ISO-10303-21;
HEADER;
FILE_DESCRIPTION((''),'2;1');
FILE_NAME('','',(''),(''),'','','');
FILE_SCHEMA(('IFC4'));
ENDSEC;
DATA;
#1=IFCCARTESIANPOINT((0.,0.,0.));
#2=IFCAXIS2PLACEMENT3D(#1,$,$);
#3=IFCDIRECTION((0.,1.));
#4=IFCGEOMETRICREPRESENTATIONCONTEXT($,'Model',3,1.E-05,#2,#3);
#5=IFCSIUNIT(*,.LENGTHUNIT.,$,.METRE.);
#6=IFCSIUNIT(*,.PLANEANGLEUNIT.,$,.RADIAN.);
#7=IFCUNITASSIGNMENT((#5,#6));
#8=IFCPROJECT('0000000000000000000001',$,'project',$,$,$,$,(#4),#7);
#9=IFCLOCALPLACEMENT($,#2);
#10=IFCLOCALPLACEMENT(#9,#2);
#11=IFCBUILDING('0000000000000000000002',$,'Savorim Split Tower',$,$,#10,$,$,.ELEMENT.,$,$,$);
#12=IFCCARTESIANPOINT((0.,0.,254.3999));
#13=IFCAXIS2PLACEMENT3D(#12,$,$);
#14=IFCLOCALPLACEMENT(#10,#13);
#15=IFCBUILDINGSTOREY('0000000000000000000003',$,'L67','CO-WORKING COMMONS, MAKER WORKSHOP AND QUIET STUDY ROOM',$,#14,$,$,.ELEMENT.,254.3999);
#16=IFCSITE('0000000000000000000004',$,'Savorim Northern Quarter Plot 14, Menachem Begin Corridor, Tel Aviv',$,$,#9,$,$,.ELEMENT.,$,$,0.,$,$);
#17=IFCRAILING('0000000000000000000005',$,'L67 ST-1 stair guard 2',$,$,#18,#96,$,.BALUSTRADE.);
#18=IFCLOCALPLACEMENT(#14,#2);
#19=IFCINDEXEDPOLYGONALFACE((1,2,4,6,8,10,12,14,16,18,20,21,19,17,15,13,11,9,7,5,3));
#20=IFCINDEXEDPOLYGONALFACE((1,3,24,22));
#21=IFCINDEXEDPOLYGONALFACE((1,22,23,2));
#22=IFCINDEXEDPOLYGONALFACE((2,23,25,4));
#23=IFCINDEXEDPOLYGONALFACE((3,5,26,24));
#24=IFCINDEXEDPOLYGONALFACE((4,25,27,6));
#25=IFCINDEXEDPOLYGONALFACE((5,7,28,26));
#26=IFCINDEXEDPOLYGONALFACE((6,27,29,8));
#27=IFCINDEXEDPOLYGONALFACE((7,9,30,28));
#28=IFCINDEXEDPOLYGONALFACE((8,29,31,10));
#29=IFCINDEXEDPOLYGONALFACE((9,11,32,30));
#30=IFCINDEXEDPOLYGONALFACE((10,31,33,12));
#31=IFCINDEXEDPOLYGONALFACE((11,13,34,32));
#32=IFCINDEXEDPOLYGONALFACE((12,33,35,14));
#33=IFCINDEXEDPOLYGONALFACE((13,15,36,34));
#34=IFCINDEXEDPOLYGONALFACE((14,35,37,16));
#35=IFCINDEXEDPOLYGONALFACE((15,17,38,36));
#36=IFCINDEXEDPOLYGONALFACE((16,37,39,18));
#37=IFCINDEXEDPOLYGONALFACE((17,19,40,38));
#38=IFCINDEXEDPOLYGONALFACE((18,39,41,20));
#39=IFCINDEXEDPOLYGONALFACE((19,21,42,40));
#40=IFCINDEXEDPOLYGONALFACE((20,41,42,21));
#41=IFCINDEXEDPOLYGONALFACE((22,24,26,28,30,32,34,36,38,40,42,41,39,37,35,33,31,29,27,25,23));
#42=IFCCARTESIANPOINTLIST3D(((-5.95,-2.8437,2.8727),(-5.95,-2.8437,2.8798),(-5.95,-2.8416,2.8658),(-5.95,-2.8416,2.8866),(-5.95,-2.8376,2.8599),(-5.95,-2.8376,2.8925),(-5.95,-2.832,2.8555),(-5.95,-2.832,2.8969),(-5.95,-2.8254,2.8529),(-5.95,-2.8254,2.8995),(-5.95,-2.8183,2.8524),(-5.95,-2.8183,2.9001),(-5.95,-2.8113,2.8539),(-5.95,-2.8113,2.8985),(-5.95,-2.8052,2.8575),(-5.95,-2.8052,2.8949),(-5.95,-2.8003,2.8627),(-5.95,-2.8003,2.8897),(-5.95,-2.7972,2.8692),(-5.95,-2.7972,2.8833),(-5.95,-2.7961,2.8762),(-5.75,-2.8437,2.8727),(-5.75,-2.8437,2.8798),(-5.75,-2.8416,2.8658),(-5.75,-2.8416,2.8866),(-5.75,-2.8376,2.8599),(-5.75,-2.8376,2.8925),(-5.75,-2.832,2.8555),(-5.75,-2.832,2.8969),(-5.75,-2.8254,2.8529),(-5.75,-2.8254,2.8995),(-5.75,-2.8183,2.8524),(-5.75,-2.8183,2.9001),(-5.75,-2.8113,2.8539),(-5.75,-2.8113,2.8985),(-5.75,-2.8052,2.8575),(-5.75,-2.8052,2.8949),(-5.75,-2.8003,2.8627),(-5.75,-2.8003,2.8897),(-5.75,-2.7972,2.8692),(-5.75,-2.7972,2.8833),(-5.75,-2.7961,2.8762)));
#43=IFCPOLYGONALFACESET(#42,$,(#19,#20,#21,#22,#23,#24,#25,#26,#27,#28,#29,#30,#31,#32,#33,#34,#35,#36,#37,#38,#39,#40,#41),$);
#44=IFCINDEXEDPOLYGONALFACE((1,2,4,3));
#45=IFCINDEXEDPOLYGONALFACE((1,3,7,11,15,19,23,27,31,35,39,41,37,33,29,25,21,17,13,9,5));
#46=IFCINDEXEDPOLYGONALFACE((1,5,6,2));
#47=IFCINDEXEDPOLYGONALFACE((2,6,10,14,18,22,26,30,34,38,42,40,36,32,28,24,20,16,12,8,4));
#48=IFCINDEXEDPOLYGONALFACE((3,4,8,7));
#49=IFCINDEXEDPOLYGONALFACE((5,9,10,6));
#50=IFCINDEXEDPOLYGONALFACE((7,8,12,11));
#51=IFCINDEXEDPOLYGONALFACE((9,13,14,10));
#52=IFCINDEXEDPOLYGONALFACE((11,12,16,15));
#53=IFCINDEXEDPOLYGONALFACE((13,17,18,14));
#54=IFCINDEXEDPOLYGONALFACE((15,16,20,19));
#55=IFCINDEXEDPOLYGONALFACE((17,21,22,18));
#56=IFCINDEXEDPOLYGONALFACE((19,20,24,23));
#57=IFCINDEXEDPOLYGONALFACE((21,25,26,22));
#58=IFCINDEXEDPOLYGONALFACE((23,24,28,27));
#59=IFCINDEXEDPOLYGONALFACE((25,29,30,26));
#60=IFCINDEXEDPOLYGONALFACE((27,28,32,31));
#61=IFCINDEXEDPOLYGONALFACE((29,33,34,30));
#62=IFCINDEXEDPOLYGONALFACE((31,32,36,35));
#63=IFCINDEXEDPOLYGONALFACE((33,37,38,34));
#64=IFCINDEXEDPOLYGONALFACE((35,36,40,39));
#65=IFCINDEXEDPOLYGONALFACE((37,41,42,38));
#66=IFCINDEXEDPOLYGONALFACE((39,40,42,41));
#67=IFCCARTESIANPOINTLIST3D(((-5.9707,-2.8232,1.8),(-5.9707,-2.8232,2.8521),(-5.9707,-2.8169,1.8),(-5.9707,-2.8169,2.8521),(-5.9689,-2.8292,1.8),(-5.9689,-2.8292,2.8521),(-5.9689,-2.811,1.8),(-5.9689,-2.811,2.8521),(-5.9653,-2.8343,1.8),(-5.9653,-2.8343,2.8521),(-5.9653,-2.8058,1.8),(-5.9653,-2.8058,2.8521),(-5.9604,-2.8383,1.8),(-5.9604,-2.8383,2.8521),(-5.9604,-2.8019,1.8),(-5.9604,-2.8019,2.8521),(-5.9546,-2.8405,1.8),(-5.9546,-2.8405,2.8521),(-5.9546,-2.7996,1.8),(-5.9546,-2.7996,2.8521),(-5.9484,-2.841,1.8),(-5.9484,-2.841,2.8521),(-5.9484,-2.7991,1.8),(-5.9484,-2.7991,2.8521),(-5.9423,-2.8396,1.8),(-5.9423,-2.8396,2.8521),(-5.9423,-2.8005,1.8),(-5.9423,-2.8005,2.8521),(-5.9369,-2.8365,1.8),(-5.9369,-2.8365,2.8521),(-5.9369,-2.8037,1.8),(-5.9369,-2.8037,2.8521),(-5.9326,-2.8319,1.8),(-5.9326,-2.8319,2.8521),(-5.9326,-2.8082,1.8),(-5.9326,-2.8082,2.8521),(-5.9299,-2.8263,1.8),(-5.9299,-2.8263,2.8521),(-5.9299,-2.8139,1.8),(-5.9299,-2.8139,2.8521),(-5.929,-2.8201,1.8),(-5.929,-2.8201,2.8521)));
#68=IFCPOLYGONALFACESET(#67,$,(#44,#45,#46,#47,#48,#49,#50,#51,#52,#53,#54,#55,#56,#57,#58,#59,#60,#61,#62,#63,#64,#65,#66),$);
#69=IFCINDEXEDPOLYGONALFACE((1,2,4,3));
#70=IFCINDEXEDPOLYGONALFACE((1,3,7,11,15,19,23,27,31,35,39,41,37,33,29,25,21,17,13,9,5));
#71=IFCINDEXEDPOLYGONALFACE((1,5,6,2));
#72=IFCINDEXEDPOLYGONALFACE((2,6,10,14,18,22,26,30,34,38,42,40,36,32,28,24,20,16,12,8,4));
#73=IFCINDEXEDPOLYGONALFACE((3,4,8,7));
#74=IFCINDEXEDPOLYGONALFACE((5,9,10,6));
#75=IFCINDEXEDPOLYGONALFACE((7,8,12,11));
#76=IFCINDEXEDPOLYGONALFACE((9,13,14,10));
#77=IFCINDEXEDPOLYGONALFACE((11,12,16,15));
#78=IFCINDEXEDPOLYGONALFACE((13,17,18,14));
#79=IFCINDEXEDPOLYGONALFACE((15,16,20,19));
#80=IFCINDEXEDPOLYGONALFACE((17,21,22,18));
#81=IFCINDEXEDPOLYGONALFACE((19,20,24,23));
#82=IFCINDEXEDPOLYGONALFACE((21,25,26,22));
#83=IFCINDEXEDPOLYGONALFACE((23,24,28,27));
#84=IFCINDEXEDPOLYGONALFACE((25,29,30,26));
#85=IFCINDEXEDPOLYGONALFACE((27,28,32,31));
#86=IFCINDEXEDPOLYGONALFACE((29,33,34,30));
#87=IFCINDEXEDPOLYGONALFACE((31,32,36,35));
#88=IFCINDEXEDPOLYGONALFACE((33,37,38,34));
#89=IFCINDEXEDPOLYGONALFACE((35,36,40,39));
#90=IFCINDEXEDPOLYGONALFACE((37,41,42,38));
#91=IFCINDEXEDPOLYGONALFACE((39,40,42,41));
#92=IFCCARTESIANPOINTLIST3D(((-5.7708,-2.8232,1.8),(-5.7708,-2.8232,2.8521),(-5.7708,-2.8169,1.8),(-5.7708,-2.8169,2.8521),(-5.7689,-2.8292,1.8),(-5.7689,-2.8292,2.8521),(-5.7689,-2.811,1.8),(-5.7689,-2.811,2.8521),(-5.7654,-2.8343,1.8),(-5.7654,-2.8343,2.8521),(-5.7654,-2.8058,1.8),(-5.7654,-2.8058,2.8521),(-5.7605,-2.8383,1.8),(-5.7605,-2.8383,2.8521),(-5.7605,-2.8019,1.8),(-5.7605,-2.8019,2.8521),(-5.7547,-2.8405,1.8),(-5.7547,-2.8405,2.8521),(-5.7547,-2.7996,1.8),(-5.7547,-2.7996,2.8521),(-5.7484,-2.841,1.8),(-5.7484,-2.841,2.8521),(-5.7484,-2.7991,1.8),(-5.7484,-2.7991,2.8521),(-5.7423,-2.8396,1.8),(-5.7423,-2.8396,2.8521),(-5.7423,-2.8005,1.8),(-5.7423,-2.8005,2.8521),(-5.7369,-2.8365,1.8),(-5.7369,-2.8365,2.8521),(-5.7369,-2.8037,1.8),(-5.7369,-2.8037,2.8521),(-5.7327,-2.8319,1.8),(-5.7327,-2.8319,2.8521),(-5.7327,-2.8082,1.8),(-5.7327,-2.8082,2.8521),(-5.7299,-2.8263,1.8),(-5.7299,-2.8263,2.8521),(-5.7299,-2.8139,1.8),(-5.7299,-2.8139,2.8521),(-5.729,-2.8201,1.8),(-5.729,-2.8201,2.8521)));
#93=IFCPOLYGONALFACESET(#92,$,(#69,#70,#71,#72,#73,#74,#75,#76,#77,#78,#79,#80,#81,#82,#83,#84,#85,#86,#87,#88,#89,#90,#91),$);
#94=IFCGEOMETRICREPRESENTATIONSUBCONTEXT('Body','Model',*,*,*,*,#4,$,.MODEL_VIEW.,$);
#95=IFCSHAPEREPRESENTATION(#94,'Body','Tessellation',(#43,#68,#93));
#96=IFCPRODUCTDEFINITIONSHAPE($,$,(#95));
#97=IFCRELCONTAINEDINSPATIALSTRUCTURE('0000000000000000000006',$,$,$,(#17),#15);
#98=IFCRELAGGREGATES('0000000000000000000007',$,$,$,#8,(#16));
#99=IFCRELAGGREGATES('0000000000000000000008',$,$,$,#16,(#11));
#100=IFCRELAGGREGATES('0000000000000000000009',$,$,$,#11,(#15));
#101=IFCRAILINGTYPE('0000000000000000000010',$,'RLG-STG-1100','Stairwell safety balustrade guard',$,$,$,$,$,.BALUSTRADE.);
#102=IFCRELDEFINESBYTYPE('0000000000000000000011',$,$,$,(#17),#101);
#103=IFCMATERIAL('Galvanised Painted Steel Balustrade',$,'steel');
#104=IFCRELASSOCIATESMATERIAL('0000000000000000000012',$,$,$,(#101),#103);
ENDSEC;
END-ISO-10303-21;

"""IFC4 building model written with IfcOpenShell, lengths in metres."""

from ifc_helpers import new_model, si_unit, direction, frame, origin, origin_2d, place, context, subcontext, project, spatial, circle, extrude, material, type_object, element, save


model = new_model("IFC4")

# Units and contexts
model_context = context("Model", 3, precision=1e-05, world=origin(), true_north=direction((0.0, 1.0)))
body_context = subcontext(model_context, "Body", "Model", "MODEL_VIEW")
ifc_project = project(units=[si_unit("LENGTHUNIT", "METRE"), si_unit("PLANEANGLEUNIT", "RADIAN")], contexts=[model_context])

# Site, building, storey
site_placement = place(None, origin())
site = spatial("IfcSite", under=ifc_project, at=site_placement, Name="Savorim Northern Quarter Plot 14, Menachem Begin Corridor, Tel Aviv", CompositionType="ELEMENT", RefElevation=0.0)
building_placement = place(site_placement, origin())
building = spatial("IfcBuilding", under=site, at=building_placement, Name="Savorim Split Tower", CompositionType="ELEMENT")
storey_placement = place(building_placement, frame((0.0, 0.0, 254.3999)))
storey = spatial("IfcBuildingStorey", under=building, at=storey_placement, Name="L67", Description="CO-WORKING COMMONS, MAKER WORKSHOP AND QUIET STUDY ROOM", CompositionType="ELEMENT", Elevation=254.3999)

# Railing
ifc_material_1 = material(Name="Galvanised Painted Steel Balustrade", Category="steel")
railing_type_1 = type_object("IfcRailingType", Name="RLG-STG-1100", Description="Stairwell safety balustrade guard", PredefinedType="BALUSTRADE", material=ifc_material_1)
railing_1_placement = place(storey_placement, frame((-5.95, -2.8201, 1.8)))
element("IfcRailing", 1, at=railing_1_placement, inside=storey, type_object=railing_type_1, Name="L67 ST-1 stair guard 2", PredefinedType="BALUSTRADE", context=body_context, shape_type="SweptSolid", body=[
    extrude(circle(Radius=0.0239, at=origin_2d()), frame((0.0, 0.0, 1.0762), z_axis=(1.0, 0.0, 0.0), x_axis=(0.0, 1.0, 0.0)), (0.0, 0.0, 1.0), 0.2),
    extrude(circle(Radius=0.021, at=origin_2d()), origin(), (0.0, 0.0, 1.0), 1.052),
    extrude(circle(Radius=0.021, at=origin_2d()), frame((0.2, 0.0, 0.0)), (0.0, 0.0, 1.0), 1.052),
])

save(model, "model.ifc")
